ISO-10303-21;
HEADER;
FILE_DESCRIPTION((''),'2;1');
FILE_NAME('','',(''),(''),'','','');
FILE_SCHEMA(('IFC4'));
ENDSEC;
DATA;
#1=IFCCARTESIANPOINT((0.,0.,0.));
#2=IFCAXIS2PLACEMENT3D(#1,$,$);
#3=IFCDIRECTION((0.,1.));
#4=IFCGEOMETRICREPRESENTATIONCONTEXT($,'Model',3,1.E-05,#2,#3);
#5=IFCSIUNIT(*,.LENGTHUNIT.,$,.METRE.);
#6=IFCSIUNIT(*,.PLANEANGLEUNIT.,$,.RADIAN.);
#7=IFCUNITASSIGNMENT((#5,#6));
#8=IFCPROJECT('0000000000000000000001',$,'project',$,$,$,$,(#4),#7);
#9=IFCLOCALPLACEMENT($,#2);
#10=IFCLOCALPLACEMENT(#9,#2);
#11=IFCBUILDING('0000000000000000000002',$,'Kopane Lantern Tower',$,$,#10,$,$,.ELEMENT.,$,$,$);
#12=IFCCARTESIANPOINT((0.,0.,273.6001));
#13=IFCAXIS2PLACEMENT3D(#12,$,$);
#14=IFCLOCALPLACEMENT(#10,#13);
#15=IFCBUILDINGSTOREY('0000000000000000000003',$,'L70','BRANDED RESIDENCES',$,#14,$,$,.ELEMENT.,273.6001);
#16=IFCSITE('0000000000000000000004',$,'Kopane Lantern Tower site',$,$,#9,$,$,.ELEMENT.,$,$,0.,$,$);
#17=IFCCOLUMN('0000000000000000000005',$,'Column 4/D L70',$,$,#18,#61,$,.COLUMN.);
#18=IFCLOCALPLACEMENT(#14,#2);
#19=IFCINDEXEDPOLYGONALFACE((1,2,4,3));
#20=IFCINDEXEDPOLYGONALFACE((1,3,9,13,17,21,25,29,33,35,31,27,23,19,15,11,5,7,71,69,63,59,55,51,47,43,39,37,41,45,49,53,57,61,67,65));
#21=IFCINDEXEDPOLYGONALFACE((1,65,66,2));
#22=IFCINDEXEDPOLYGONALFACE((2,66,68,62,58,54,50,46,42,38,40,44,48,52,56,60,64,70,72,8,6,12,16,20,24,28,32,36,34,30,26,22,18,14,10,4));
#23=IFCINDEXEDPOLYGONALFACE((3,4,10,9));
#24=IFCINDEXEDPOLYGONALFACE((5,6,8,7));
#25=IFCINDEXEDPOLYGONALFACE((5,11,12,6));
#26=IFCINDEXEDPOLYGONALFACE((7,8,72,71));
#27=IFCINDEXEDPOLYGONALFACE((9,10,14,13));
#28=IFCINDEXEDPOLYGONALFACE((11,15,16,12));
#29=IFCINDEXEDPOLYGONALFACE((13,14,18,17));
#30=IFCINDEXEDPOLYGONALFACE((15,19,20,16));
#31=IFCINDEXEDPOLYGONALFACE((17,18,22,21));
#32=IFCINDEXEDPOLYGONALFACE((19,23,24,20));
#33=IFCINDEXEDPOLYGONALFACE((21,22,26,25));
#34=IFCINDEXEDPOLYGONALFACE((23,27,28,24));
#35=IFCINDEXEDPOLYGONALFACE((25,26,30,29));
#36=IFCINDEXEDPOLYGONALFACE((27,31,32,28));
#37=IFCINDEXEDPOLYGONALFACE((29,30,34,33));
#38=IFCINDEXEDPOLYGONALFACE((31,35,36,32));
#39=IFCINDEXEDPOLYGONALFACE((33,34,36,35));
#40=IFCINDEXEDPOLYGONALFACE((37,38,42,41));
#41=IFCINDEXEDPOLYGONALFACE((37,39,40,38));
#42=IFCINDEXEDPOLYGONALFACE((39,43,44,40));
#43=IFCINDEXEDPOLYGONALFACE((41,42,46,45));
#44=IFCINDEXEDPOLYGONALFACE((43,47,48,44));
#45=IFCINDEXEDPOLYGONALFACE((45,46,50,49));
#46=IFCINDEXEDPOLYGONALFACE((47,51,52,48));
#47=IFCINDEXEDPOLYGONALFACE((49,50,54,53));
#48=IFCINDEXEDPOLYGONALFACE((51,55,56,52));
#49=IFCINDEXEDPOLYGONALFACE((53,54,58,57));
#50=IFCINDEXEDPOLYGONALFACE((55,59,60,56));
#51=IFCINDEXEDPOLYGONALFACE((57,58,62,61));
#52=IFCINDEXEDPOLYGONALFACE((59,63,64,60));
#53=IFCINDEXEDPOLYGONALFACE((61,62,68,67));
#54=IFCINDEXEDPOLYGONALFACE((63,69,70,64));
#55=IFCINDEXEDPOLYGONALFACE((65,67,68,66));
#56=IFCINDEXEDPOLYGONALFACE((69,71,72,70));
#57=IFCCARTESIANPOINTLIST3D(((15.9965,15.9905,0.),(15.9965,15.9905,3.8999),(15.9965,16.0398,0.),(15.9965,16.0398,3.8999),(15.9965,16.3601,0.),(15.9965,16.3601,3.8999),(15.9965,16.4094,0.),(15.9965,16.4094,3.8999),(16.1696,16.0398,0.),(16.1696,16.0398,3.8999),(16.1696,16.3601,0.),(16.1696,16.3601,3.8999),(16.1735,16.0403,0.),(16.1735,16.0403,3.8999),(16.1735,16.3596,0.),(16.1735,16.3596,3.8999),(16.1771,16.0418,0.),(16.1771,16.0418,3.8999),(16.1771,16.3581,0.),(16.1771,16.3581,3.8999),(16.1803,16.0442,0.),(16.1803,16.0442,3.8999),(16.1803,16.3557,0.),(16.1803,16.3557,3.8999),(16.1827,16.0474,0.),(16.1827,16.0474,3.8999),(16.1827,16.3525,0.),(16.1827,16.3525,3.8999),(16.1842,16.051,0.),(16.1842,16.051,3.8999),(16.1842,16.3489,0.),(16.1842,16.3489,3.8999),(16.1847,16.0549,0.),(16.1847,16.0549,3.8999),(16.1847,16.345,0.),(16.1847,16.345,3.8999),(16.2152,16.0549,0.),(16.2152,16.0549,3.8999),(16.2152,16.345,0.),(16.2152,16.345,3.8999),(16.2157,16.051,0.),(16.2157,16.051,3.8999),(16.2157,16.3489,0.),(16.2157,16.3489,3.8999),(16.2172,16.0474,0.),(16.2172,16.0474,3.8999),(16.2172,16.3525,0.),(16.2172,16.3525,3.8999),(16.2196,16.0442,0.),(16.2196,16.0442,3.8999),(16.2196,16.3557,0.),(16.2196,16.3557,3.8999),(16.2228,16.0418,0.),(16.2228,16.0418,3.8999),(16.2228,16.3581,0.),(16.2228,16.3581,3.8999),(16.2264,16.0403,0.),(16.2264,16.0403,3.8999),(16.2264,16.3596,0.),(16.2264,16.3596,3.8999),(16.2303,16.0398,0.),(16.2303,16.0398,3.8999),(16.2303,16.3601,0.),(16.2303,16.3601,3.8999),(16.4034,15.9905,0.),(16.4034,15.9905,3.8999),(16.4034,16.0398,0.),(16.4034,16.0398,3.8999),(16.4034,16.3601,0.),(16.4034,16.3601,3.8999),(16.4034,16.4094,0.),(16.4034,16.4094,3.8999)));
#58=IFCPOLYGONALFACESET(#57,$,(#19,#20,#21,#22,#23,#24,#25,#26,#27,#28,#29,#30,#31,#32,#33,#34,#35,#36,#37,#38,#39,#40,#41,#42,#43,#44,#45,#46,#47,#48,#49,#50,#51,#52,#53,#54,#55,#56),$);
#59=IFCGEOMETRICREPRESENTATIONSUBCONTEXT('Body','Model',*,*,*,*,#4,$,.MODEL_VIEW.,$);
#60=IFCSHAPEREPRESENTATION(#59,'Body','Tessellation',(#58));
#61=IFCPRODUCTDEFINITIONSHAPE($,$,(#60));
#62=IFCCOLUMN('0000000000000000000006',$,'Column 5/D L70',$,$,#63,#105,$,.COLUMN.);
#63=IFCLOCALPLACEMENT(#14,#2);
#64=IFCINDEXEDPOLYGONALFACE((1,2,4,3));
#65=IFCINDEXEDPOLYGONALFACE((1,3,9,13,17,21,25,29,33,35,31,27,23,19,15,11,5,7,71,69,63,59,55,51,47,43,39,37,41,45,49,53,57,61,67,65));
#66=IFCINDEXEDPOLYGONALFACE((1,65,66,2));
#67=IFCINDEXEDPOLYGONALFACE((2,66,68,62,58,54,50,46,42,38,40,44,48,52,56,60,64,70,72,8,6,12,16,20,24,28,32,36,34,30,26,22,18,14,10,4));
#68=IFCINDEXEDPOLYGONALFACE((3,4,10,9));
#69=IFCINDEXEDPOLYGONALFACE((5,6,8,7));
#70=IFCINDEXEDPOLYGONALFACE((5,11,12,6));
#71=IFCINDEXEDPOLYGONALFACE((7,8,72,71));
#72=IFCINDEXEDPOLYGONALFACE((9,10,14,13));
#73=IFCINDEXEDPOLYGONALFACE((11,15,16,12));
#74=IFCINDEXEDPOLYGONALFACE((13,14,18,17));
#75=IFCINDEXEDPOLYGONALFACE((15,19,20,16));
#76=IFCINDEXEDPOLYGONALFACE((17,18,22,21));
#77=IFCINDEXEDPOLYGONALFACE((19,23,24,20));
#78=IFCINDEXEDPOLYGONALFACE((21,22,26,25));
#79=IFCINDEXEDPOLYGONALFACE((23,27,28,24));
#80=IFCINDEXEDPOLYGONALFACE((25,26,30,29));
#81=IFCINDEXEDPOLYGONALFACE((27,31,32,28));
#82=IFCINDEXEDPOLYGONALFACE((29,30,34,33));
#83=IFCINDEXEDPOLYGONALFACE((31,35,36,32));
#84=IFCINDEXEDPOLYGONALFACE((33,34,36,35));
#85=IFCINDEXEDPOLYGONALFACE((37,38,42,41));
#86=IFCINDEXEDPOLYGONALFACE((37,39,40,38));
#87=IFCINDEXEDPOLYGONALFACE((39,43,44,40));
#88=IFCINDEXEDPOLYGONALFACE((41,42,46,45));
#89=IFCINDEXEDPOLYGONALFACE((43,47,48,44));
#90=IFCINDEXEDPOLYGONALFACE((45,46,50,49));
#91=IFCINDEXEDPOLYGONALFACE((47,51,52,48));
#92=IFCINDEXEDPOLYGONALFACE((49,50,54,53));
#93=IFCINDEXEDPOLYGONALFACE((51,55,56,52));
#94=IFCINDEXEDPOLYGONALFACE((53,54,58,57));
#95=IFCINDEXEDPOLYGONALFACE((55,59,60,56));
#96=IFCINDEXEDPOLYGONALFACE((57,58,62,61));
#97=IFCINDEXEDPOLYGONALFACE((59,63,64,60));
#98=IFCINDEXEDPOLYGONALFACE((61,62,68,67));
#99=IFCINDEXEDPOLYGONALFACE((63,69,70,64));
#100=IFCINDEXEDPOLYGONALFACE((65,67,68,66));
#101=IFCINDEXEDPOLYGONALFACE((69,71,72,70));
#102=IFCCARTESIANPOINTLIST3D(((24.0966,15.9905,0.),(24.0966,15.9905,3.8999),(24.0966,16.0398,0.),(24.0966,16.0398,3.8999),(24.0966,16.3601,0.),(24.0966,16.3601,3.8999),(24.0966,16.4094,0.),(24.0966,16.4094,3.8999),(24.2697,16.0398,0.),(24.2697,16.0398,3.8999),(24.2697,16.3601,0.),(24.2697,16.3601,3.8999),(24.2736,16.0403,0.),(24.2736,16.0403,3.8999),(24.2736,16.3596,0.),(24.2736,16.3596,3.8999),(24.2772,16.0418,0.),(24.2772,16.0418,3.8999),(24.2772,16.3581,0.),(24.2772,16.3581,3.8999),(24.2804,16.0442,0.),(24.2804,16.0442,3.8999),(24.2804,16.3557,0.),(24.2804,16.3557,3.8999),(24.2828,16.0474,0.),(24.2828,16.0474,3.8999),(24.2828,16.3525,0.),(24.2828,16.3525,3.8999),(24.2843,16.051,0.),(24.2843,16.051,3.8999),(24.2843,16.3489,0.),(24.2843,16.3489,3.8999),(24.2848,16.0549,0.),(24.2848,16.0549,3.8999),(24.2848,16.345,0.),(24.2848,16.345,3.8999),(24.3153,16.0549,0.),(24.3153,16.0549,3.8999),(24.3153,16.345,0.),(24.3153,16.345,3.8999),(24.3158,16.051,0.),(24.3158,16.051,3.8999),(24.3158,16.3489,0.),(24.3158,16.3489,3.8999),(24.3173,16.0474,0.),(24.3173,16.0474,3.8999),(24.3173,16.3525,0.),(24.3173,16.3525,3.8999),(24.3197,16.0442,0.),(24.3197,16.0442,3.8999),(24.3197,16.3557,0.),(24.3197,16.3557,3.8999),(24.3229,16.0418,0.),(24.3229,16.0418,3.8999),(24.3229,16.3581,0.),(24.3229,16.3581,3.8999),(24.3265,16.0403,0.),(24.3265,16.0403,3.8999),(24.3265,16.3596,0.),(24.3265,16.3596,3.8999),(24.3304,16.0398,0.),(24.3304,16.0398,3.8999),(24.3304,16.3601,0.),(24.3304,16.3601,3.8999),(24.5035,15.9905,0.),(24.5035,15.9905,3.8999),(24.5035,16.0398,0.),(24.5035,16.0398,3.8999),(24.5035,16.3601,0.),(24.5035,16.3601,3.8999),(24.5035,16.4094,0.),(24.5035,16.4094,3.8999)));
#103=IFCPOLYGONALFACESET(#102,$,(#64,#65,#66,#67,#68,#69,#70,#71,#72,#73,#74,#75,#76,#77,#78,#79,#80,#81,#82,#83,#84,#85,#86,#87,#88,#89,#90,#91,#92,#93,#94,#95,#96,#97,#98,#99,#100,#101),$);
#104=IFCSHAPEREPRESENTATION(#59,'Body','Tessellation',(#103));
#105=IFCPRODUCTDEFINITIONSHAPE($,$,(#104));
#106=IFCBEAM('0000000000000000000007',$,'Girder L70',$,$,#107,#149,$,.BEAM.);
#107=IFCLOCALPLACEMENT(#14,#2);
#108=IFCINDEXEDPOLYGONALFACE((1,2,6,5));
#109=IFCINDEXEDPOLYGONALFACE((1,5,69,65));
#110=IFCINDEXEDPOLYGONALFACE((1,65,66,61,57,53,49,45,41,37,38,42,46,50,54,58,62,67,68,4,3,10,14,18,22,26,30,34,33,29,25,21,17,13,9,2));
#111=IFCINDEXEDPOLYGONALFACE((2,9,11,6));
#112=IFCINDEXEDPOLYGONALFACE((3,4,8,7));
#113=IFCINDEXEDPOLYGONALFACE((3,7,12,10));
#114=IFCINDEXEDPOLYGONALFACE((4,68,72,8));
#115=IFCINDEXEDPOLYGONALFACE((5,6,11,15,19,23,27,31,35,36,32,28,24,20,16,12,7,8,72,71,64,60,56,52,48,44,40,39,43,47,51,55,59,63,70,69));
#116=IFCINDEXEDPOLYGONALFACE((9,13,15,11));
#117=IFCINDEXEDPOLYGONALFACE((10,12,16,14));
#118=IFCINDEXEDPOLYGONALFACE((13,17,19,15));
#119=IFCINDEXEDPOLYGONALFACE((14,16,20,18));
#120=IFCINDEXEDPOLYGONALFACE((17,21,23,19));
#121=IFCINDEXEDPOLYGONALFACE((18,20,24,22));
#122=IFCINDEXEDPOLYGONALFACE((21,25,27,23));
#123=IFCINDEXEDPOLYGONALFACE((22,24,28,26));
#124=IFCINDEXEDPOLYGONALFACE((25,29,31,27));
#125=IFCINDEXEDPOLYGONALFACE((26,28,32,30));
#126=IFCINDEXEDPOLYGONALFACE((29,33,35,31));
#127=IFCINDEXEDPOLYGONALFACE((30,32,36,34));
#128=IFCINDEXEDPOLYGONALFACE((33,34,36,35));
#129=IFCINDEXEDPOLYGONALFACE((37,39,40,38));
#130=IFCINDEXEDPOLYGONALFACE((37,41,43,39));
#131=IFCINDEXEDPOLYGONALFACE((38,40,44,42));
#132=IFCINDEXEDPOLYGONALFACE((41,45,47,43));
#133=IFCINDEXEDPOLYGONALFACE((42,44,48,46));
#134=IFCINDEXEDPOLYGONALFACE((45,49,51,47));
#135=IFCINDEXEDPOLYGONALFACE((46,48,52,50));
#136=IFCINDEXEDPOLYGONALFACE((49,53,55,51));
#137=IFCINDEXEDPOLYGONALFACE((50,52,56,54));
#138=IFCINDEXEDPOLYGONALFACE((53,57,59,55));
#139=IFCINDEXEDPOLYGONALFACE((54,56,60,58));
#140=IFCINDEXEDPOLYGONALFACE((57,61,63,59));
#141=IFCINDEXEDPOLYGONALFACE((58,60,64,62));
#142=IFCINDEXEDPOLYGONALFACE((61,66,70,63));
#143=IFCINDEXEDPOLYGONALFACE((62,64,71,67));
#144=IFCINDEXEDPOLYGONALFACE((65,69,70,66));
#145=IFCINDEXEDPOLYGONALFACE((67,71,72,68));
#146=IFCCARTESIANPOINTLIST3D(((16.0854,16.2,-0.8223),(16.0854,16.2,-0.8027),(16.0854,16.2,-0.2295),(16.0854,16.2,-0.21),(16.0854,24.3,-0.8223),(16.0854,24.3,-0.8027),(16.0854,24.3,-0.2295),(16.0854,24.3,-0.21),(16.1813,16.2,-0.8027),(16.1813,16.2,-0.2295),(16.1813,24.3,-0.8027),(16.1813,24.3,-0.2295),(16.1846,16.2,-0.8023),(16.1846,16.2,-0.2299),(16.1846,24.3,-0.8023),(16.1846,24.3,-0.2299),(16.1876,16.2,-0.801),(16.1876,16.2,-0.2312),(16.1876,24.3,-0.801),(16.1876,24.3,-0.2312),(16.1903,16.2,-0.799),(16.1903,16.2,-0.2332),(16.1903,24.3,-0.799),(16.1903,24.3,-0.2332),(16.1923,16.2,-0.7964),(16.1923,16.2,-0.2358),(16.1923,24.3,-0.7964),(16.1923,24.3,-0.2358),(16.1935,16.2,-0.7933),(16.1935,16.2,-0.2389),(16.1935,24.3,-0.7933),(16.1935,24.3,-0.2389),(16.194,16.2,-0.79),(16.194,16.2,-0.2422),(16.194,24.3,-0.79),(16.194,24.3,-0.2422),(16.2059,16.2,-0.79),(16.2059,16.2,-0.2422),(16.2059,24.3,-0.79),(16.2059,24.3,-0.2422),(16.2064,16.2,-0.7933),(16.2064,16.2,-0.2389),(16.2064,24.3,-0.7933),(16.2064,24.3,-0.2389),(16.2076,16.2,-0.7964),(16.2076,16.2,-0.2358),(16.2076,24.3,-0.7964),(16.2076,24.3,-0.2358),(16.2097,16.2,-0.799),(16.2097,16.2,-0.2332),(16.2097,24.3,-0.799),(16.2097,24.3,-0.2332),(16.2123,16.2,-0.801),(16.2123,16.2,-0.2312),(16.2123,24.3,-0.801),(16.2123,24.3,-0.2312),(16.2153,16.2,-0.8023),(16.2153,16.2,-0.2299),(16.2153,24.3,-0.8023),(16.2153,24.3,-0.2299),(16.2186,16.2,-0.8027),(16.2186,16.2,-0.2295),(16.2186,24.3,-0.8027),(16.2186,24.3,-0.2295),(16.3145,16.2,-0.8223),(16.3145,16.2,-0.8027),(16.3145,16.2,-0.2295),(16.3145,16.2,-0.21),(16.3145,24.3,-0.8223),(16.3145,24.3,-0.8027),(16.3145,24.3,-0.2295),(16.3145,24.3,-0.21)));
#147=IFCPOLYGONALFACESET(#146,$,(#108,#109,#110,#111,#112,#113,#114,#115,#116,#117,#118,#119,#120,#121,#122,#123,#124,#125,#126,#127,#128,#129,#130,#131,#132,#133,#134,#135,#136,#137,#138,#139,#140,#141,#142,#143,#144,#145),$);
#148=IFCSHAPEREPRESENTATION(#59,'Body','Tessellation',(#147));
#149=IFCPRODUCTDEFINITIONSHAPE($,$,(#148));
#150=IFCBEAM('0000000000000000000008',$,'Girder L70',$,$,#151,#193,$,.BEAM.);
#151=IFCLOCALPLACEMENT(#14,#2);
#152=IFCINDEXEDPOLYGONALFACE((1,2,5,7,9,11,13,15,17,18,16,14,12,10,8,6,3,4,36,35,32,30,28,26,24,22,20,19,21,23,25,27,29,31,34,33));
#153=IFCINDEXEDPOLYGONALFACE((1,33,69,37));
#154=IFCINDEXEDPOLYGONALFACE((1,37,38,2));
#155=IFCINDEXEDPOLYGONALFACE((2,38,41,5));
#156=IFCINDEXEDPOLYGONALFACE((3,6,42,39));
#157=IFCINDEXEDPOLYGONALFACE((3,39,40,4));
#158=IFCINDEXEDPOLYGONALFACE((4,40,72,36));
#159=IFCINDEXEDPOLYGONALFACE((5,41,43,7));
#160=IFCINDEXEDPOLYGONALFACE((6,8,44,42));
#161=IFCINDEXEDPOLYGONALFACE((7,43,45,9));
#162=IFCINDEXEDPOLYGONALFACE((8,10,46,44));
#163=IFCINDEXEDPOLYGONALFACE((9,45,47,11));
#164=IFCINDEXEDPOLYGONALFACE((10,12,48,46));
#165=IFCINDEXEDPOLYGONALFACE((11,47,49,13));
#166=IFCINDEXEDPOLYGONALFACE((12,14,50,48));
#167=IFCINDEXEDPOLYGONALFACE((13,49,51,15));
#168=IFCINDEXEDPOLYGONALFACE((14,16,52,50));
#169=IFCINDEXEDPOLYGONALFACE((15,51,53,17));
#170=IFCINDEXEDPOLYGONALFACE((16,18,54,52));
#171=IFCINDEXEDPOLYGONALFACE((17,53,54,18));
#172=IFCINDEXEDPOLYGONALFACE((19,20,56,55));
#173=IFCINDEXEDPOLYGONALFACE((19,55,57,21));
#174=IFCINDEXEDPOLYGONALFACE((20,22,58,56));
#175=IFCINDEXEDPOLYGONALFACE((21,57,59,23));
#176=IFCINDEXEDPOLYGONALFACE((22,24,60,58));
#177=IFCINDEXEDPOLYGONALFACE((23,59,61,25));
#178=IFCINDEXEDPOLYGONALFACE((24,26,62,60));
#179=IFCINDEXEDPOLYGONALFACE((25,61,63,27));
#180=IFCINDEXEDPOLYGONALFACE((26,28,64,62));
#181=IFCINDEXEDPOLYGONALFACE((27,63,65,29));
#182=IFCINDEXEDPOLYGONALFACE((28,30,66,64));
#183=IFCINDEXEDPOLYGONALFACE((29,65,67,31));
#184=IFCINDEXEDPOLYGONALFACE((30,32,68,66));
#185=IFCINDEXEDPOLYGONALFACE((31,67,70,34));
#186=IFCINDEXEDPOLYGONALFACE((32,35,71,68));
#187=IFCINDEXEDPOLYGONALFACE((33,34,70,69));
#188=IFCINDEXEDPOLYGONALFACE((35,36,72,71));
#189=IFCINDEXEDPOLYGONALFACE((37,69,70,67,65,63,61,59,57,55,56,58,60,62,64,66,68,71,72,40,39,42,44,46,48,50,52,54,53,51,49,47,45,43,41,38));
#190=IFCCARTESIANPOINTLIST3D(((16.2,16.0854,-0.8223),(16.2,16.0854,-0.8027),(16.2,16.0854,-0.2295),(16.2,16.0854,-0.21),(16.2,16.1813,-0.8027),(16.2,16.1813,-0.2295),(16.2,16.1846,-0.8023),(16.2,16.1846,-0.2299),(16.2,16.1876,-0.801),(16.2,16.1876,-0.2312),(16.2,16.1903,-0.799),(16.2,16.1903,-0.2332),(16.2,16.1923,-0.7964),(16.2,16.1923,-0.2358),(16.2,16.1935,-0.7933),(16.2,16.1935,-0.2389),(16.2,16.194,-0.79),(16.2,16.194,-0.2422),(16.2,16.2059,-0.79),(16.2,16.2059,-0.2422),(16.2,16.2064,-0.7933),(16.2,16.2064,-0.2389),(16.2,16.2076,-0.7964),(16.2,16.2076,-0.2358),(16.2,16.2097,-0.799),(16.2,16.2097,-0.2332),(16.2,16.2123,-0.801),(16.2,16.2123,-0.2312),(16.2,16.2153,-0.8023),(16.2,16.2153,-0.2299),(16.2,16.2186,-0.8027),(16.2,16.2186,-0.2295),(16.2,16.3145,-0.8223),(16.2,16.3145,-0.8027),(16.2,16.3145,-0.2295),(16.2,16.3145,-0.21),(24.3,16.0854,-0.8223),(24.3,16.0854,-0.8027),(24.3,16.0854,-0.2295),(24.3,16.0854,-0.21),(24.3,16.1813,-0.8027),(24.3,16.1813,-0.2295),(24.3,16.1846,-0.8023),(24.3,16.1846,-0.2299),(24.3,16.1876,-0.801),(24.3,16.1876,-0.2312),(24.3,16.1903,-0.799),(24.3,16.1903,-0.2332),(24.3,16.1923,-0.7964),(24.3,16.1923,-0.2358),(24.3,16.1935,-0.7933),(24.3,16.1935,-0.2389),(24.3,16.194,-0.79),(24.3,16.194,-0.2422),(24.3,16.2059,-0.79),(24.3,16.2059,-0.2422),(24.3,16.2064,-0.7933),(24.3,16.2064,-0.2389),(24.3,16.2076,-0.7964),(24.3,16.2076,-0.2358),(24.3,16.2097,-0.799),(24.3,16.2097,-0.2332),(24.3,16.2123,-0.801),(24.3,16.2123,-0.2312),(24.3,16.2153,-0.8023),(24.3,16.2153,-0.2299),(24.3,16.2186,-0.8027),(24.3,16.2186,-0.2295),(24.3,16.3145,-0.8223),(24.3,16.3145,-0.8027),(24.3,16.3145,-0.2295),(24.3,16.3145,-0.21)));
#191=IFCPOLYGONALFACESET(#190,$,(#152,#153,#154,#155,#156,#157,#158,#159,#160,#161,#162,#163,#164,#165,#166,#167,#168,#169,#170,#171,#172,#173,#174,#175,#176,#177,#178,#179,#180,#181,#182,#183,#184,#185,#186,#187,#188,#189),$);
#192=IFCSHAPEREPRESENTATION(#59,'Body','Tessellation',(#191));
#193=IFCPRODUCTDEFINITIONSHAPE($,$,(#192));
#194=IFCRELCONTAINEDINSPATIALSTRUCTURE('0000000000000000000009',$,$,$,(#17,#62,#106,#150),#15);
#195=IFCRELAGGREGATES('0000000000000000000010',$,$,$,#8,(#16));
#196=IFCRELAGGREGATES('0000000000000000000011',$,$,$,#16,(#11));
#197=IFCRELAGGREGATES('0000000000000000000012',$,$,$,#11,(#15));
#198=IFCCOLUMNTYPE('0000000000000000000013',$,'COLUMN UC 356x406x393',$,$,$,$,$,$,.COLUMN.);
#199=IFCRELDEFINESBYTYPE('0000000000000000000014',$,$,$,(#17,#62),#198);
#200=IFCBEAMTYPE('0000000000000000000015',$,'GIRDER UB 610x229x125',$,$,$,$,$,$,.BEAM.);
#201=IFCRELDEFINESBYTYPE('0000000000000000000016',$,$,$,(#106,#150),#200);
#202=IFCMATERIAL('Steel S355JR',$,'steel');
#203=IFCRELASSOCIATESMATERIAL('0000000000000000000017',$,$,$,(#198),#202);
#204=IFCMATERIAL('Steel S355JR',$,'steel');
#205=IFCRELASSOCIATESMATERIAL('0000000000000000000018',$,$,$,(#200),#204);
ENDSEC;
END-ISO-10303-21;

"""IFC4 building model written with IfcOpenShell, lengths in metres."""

from ifc_helpers import new_model, si_unit, direction, frame, origin, origin_2d, place, context, subcontext, project, spatial, i_section, extrude, material, material_profile, profile_set, type_object, element, save


model = new_model("IFC4")

# Units and contexts
model_context = context("Model", 3, precision=1e-05, world=origin(), true_north=direction((0.0, 1.0)))
body_context = subcontext(model_context, "Body", "Model", "MODEL_VIEW")
ifc_project = project(units=[si_unit("LENGTHUNIT", "METRE"), si_unit("PLANEANGLEUNIT", "RADIAN")], contexts=[model_context])

# Site, building, storey
site_placement = place(None, origin())
site = spatial("IfcSite", under=ifc_project, at=site_placement, Name="Kopane Lantern Tower site", CompositionType="ELEMENT", RefElevation=0.0)
building_placement = place(site_placement, origin())
building = spatial("IfcBuilding", under=site, at=building_placement, Name="Kopane Lantern Tower", CompositionType="ELEMENT")
storey_placement = place(building_placement, frame((0.0, 0.0, 273.6001)))
storey = spatial("IfcBuildingStorey", under=building, at=storey_placement, Name="L70", Description="BRANDED RESIDENCES", CompositionType="ELEMENT", Elevation=273.6001)

# Columns
ifc_material_1 = material(Name="Steel S355JR", Category="steel")
ifc_material_profile_1 = material_profile(ifc_material_1, i_section(OverallWidth=0.407, OverallDepth=0.4189, WebThickness=0.0305, FlangeThickness=0.0493, FilletRadius=0.0151, at=origin_2d()), Name="UC 356x406x393")
ifc_profile_set_1 = profile_set([ifc_material_profile_1], Name="Steel S355JR")
column_type = type_object("IfcColumnType", Name="COLUMN UC 356x406x393", PredefinedType="COLUMN", material=ifc_profile_set_1)
for number, where, z_axis, x_axis, name in (
    (1, (16.2, 16.2, 0.0), (0.0, 0.0, 1.0), (1.0, 0.0, 0.0), "Column 4/D L70"),
    (2, (24.3, 16.2, 0.0), (0.0, 0.0, 1.0), (1.0, 0.0, 0.0), "Column 5/D L70"),
):
    element("IfcColumn", number, at=place(storey_placement, frame(where, z_axis=z_axis, x_axis=x_axis)), inside=storey, type_object=column_type, Name=name, PredefinedType="COLUMN", context=body_context, shape_type="SweptSolid", body=[
        extrude(i_section(OverallWidth=0.407, OverallDepth=0.4189, WebThickness=0.0305, FlangeThickness=0.0493, FilletRadius=0.0151, at=origin_2d()), origin(), (0.0, 0.0, 1.0), 3.8999),
    ])

# Beams
ifc_material_2 = material(Name="Steel S355JR", Category="steel")
ifc_material_profile_2 = material_profile(ifc_material_2, i_section(OverallWidth=0.229, OverallDepth=0.6123, WebThickness=0.012, FlangeThickness=0.0195, FilletRadius=0.0127, at=origin_2d()), Name="UB 610x229x125")
ifc_profile_set_2 = profile_set([ifc_material_profile_2], Name="Steel S355JR")
beam_type = type_object("IfcBeamType", Name="GIRDER UB 610x229x125", PredefinedType="BEAM", material=ifc_profile_set_2)
for number, where, z_axis, x_axis, name in (
    (3, (16.2, 16.2, -0.5161), (0.0, 1.0, 0.0), (-1.0, 0.0, 0.0), "Girder L70"),
    (4, (16.2, 16.2, -0.5161), (1.0, 0.0, 0.0), (0.0, 1.0, 0.0), "Girder L70"),
):
    element("IfcBeam", number, at=place(storey_placement, frame(where, z_axis=z_axis, x_axis=x_axis)), inside=storey, type_object=beam_type, Name=name, PredefinedType="BEAM", context=body_context, shape_type="SweptSolid", body=[
        extrude(i_section(OverallWidth=0.229, OverallDepth=0.6123, WebThickness=0.012, FlangeThickness=0.0195, FilletRadius=0.0127, at=origin_2d()), origin(), (0.0, 0.0, 1.0), 8.1001),
    ])

save(model, "model.ifc")
